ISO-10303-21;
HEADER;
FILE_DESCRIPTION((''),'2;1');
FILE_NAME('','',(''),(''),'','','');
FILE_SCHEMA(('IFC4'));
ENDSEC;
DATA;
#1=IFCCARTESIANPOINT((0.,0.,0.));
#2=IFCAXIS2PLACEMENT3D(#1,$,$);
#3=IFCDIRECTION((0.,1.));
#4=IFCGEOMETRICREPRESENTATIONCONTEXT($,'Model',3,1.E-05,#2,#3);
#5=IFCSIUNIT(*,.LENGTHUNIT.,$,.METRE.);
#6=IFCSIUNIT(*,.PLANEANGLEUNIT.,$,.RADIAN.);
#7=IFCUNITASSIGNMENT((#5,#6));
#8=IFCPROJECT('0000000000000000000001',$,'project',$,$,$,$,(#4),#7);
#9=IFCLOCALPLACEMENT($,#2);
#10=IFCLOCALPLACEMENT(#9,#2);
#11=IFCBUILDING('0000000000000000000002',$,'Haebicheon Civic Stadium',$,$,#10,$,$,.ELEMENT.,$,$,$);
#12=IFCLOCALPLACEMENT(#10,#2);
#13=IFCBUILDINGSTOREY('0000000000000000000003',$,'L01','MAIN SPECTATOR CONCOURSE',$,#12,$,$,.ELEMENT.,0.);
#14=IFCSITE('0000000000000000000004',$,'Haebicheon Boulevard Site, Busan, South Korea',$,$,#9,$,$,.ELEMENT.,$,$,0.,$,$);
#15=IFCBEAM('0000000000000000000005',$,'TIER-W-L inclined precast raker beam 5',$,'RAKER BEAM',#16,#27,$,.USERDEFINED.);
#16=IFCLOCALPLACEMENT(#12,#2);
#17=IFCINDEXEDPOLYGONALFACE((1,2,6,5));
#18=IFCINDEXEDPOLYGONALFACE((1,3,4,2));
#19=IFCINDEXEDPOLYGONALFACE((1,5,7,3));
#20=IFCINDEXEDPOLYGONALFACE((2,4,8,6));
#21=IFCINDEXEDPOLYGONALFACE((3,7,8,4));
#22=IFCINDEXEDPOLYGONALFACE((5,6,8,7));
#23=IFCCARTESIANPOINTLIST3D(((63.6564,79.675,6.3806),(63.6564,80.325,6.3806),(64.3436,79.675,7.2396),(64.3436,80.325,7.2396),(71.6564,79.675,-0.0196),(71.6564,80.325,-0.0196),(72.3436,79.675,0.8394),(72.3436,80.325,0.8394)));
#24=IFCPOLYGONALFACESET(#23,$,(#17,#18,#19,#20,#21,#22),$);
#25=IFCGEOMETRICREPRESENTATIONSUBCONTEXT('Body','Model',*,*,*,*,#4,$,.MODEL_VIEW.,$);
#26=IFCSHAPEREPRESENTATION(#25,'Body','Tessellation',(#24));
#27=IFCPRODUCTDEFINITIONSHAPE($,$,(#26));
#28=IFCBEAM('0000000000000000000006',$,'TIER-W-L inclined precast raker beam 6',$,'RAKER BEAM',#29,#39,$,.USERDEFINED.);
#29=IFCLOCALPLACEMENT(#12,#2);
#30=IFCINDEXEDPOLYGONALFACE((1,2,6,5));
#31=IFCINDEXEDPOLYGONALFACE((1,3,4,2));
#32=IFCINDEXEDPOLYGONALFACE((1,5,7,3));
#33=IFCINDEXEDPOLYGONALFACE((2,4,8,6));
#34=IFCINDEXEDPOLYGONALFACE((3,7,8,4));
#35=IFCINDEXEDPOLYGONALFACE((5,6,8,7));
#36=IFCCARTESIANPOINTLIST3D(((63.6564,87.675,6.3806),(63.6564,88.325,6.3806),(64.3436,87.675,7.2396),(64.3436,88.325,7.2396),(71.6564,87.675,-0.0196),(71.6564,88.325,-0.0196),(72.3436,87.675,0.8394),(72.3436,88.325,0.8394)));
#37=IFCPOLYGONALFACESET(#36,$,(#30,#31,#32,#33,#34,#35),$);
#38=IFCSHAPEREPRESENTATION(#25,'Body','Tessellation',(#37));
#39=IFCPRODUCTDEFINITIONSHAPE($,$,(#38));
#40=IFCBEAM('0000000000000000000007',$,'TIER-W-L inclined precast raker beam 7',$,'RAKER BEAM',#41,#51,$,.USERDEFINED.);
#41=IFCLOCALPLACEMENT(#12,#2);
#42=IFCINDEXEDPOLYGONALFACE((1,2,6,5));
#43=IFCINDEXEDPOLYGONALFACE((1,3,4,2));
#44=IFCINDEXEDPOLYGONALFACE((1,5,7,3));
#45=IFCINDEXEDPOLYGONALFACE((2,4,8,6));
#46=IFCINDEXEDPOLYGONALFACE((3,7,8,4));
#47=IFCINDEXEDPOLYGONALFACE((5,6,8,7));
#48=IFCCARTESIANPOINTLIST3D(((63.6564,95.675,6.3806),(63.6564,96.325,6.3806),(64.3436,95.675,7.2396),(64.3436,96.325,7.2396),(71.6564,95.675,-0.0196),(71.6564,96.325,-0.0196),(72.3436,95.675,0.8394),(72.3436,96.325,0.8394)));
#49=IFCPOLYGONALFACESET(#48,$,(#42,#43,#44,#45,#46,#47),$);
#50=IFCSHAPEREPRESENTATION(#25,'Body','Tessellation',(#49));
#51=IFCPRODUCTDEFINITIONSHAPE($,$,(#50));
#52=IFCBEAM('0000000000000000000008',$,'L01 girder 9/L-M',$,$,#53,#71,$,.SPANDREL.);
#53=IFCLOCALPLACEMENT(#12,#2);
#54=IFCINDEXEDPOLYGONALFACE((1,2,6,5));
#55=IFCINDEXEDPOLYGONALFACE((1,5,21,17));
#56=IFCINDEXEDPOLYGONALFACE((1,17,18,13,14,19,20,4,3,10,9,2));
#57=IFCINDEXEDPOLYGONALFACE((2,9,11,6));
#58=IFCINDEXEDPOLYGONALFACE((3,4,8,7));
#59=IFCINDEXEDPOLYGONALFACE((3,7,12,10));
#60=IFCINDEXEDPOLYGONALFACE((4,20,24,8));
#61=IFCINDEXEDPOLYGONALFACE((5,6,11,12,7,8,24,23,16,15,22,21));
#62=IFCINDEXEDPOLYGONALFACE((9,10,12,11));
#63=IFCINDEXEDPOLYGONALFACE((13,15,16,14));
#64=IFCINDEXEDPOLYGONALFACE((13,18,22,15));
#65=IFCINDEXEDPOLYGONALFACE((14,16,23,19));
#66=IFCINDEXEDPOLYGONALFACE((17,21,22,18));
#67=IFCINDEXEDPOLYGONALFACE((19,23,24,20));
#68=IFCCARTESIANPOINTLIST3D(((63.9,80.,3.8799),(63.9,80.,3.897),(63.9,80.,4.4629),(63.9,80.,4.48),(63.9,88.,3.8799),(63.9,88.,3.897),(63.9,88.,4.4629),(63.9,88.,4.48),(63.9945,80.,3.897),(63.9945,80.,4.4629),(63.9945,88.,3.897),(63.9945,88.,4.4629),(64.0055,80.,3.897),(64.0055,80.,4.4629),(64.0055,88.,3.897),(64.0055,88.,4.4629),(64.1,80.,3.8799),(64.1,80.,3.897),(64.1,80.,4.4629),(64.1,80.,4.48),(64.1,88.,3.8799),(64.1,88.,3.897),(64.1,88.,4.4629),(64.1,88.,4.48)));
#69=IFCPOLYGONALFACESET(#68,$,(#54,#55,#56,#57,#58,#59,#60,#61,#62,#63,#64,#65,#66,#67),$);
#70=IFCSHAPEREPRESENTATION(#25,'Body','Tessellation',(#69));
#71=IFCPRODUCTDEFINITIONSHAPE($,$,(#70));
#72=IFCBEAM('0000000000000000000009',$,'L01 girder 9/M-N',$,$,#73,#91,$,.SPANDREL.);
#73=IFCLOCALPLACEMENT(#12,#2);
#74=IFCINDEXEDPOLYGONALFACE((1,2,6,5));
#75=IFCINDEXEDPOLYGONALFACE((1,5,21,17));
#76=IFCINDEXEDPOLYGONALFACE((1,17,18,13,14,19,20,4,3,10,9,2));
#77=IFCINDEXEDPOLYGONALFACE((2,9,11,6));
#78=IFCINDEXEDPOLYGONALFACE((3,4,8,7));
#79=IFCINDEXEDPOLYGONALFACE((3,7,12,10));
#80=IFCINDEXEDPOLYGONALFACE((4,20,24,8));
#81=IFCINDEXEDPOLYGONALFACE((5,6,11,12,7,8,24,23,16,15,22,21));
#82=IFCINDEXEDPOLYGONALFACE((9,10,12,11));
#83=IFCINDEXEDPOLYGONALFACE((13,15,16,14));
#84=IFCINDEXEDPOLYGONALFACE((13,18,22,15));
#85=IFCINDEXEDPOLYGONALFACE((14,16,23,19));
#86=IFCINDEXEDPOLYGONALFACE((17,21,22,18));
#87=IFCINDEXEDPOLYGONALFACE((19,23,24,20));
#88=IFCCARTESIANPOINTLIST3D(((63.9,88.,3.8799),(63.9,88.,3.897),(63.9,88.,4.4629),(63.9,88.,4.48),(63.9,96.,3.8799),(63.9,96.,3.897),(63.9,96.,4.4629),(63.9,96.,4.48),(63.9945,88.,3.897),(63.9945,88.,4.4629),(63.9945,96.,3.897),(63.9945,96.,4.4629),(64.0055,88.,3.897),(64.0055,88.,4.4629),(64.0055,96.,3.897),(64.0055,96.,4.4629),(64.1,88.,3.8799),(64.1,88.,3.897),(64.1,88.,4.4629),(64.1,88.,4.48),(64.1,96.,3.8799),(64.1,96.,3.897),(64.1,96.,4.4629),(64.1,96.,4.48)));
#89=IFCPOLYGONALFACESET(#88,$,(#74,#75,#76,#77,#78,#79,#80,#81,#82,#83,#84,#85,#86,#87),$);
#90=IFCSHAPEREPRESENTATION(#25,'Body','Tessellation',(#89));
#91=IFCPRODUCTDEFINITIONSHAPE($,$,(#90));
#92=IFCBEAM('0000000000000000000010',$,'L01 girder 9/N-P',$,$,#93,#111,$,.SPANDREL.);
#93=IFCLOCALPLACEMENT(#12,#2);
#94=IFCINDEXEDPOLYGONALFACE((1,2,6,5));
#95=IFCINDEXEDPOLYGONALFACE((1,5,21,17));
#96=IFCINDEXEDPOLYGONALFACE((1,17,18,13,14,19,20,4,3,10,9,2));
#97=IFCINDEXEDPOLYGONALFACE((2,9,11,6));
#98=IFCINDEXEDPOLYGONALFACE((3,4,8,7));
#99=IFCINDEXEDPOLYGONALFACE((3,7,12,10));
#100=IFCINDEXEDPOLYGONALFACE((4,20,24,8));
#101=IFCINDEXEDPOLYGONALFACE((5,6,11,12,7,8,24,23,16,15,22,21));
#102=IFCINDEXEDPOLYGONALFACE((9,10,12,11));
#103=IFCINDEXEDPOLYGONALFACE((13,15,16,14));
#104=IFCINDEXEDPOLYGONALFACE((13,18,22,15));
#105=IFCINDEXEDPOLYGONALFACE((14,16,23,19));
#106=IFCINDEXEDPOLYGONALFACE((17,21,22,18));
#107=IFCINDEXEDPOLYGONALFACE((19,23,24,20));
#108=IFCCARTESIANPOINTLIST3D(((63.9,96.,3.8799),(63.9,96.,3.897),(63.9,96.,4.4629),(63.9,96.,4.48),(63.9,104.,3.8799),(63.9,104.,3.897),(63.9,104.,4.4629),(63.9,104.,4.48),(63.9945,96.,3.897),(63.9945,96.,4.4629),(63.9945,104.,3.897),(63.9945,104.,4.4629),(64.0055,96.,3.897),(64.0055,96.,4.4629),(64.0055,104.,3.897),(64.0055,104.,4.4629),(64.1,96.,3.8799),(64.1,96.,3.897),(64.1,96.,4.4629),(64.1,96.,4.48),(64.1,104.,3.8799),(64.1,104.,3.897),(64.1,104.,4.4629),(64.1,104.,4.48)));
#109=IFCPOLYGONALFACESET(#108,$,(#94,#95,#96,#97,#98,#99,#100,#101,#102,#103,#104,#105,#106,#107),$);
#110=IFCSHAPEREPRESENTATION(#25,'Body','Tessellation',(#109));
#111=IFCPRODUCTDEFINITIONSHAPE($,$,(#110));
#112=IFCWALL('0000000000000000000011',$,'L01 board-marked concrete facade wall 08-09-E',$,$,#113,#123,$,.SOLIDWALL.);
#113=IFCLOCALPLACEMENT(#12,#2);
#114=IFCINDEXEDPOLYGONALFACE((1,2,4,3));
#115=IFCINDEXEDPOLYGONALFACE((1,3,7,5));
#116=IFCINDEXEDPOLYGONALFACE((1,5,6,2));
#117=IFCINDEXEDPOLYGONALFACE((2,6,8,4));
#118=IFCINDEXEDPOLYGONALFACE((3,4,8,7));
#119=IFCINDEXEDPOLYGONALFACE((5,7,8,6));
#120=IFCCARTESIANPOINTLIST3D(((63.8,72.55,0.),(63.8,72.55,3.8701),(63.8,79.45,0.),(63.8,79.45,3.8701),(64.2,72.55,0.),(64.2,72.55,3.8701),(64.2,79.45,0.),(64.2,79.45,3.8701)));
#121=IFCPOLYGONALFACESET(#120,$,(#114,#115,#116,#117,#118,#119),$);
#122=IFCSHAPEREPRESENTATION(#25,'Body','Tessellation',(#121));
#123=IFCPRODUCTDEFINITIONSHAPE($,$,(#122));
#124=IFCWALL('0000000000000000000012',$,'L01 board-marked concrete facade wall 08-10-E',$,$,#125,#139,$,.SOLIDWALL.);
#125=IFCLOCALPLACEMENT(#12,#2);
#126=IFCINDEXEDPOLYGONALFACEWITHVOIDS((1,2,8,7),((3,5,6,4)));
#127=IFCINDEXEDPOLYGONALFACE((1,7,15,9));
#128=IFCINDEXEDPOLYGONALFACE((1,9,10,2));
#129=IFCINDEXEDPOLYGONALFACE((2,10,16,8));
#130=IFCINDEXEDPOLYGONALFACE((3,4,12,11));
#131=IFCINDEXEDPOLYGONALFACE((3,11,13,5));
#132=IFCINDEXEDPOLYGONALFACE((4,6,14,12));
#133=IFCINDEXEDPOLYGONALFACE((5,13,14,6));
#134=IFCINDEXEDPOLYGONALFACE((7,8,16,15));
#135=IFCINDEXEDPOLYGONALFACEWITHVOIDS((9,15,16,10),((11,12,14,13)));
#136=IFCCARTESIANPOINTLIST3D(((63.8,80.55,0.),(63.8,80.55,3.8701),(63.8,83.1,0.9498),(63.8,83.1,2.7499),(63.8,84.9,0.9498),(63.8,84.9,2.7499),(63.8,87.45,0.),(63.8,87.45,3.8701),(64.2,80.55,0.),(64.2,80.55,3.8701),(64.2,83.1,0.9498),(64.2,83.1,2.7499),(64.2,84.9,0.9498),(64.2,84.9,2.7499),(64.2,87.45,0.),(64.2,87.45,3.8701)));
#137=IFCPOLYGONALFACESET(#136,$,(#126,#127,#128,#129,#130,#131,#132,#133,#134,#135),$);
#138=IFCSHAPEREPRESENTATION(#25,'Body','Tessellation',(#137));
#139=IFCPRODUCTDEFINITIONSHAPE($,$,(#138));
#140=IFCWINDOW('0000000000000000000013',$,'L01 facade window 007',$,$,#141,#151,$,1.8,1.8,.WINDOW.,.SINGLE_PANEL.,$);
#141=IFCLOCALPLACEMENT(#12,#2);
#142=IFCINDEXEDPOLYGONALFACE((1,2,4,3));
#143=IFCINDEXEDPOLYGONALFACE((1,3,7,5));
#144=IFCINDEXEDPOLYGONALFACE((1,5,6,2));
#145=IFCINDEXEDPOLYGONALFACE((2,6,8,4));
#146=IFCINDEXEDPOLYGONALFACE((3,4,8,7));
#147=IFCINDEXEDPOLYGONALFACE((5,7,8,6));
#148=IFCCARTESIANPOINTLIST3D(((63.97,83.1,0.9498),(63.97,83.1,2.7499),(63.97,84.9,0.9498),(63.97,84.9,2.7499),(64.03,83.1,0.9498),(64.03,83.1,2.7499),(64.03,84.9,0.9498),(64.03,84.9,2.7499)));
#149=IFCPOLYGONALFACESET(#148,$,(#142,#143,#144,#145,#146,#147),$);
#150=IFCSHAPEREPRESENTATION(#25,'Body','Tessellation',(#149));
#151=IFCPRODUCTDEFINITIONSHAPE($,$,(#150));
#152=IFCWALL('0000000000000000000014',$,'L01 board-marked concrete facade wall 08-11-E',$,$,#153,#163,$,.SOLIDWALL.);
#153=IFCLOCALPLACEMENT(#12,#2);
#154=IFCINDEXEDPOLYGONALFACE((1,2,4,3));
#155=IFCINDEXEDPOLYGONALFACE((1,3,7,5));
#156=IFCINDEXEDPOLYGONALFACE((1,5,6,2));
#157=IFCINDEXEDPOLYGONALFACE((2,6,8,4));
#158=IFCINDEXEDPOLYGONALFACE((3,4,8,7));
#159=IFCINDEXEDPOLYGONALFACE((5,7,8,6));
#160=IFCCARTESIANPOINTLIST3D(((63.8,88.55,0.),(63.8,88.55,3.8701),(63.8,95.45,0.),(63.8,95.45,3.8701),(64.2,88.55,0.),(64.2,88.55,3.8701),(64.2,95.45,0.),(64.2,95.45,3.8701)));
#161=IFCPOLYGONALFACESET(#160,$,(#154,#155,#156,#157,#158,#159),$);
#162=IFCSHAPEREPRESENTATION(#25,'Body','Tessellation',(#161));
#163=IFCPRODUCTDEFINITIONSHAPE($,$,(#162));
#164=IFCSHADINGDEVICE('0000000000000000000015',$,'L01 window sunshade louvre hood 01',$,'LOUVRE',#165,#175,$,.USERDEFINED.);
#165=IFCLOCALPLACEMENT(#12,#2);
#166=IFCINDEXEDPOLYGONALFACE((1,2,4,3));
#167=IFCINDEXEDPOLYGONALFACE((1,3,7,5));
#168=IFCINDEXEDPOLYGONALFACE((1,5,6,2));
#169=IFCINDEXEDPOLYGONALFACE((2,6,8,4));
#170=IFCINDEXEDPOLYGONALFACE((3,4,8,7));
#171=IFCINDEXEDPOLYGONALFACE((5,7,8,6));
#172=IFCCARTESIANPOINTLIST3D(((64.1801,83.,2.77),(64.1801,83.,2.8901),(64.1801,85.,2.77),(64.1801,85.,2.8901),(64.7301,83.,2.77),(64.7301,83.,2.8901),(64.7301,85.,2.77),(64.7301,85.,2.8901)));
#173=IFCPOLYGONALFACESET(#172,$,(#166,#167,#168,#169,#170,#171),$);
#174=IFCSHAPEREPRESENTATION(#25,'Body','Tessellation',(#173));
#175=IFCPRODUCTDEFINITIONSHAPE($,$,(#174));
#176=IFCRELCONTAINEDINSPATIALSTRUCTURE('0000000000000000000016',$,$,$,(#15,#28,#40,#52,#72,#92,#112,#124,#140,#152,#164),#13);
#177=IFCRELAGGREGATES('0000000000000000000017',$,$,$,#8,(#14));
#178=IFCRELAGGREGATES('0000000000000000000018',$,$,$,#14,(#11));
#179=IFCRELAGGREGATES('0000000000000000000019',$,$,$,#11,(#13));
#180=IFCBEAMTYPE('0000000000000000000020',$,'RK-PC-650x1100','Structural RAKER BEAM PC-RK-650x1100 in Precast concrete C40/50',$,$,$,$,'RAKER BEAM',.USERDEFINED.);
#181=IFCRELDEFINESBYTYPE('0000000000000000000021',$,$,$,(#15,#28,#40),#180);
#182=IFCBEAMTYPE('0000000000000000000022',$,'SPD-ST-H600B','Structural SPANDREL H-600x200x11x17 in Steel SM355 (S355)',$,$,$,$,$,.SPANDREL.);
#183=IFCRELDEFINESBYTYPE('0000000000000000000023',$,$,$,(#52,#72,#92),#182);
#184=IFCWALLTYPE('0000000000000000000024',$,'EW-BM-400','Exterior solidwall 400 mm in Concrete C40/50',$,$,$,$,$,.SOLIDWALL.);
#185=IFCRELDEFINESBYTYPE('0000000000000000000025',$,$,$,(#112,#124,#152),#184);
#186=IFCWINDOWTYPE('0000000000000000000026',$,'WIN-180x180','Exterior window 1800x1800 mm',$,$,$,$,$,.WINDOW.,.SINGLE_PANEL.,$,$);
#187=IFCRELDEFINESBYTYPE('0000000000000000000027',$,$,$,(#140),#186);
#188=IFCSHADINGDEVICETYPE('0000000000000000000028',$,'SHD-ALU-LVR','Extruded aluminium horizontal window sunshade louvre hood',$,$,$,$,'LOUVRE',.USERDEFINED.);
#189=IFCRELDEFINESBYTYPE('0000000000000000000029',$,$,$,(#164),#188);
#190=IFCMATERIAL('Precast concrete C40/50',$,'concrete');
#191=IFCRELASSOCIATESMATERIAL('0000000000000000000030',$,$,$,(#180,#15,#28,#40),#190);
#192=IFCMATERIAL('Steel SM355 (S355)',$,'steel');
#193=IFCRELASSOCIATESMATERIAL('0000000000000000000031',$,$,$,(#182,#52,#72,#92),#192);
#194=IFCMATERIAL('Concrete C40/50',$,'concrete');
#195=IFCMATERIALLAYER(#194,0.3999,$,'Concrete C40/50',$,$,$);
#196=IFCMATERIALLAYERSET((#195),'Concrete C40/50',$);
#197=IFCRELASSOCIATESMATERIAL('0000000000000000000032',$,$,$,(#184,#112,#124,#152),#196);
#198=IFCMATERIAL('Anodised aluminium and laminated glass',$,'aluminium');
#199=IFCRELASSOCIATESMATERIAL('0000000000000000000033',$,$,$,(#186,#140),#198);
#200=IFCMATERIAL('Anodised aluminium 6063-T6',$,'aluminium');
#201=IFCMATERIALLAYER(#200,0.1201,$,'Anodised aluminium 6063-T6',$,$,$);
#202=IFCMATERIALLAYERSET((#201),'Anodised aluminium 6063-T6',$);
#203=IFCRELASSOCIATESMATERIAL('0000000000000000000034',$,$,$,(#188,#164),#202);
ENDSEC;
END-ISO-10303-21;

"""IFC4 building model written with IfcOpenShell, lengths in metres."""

from ifc_helpers import new_model, si_unit, direction, frame, frame_2d, origin, origin_2d, place, context, subcontext, project, spatial, rectangle, i_section, extrude, material, layer, layer_set, material_profile, profile_set, type_object, element, fill, save


model = new_model("IFC4")

# Units and contexts
model_context = context("Model", 3, precision=1e-05, world=origin(), true_north=direction((0.0, 1.0)))
body_context = subcontext(model_context, "Body", "Model", "MODEL_VIEW")
ifc_project = project(units=[si_unit("LENGTHUNIT", "METRE"), si_unit("PLANEANGLEUNIT", "RADIAN")], contexts=[model_context])

# Site, building, storey
site_placement = place(None, origin())
site = spatial("IfcSite", under=ifc_project, at=site_placement, Name="Haebicheon Boulevard Site, Busan, South Korea", CompositionType="ELEMENT", RefElevation=0.0)
building_placement = place(site_placement, origin())
building = spatial("IfcBuilding", under=site, at=building_placement, Name="Haebicheon Civic Stadium", CompositionType="ELEMENT")
storey_placement = place(building_placement, origin())
storey = spatial("IfcBuildingStorey", under=building, at=storey_placement, Name="L01", Description="MAIN SPECTATOR CONCOURSE", CompositionType="ELEMENT", Elevation=0.0)

# Beams
ifc_material_1 = material(Name="Precast concrete C40/50", Category="concrete")
ifc_material_profile_1 = material_profile(ifc_material_1, rectangle(XDim=0.6499, YDim=1.1001, at=origin_2d()), Name="PC-RK-650x1100")
ifc_profile_set_1 = profile_set([ifc_material_profile_1], Name="Precast concrete C40/50")
beam_type_1 = type_object("IfcBeamType", Name="RK-PC-650x1100", Description="Structural RAKER BEAM PC-RK-650x1100 in Precast concrete C40/50", ElementType="RAKER BEAM", PredefinedType="USERDEFINED", material=ifc_profile_set_1)
for number, where, z_axis, x_axis, name in (
    (1, (72.0, 80.0, 0.4099), (-0.780862, 0.0, 0.624704), (0.0, -1.0, 0.0), "TIER-W-L inclined precast raker beam 5"),
    (2, (72.0, 88.0, 0.4099), (-0.780862, 0.0, 0.624704), (0.0, -1.0, 0.0), "TIER-W-L inclined precast raker beam 6"),
    (3, (72.0, 96.0, 0.4099), (-0.780862, 0.0, 0.624704), (0.0, -1.0, 0.0), "TIER-W-L inclined precast raker beam 7"),
):
    element("IfcBeam", number, at=place(storey_placement, frame(where, z_axis=z_axis, x_axis=x_axis)), inside=storey, type_object=beam_type_1, material=ifc_profile_set_1, Name=name, ObjectType="RAKER BEAM", PredefinedType="USERDEFINED", context=body_context, shape_type="SweptSolid", body=[
        extrude(rectangle(XDim=0.6499, YDim=1.1001, at=origin_2d()), origin(), (0.0, 0.0, 1.0), 10.2451),
    ])
ifc_material_2 = material(Name="Steel SM355 (S355)", Category="steel")
ifc_material_profile_2 = material_profile(ifc_material_2, i_section(OverallWidth=0.2, OverallDepth=0.6001, WebThickness=0.011, FlangeThickness=0.0171, at=origin_2d()), Name="H-600x200x11x17")
ifc_profile_set_2 = profile_set([ifc_material_profile_2], Name="Steel SM355 (S355)")
beam_type_2 = type_object("IfcBeamType", Name="SPD-ST-H600B", Description="Structural SPANDREL H-600x200x11x17 in Steel SM355 (S355)", PredefinedType="SPANDREL", material=ifc_profile_set_2)
for number, where, z_axis, x_axis, name in (
    (4, (64.0, 80.0, 4.1799), (0.0, 1.0, 0.0), (-1.0, 0.0, 0.0), "L01 girder 9/L-M"),
    (5, (64.0, 88.0, 4.1799), (0.0, 1.0, 0.0), (-1.0, 0.0, 0.0), "L01 girder 9/M-N"),
    (6, (64.0, 96.0, 4.1799), (0.0, 1.0, 0.0), (-1.0, 0.0, 0.0), "L01 girder 9/N-P"),
):
    element("IfcBeam", number, at=place(storey_placement, frame(where, z_axis=z_axis, x_axis=x_axis)), inside=storey, type_object=beam_type_2, material=ifc_profile_set_2, Name=name, PredefinedType="SPANDREL", context=body_context, shape_type="SweptSolid", body=[
        extrude(i_section(OverallWidth=0.2, OverallDepth=0.6001, WebThickness=0.011, FlangeThickness=0.0171, at=origin_2d()), origin(), (0.0, 0.0, 1.0), 8.0),
    ])

# Wall
ifc_material_3 = material(Name="Concrete C40/50", Category="concrete")
ifc_layer_1 = layer(ifc_material_3, 0.3999, Name="Concrete C40/50")
ifc_layer_set_1 = layer_set([ifc_layer_1], Name="Concrete C40/50")
wall_type = type_object("IfcWallType", Name="EW-BM-400", Description="Exterior solidwall 400 mm in Concrete C40/50", PredefinedType="SOLIDWALL", material=ifc_layer_set_1)
wall_1_placement = place(storey_placement, frame((64.0, 72.55, 0.0), z_axis=(0.0, 0.0, 1.0), x_axis=(0.0, 1.0, 0.0)))
element("IfcWall", 7, at=wall_1_placement, inside=storey, type_object=wall_type, material=ifc_layer_set_1, Name="L01 board-marked concrete facade wall 08-09-E", PredefinedType="SOLIDWALL", context=body_context, shape_type="SweptSolid", body=[
    extrude(rectangle(XDim=6.8999, YDim=0.3999, at=frame_2d((3.45, 0.0))), origin(), (0.0, 0.0, 1.0), 3.8701),
])

# Wall, opening, window
wall_2_placement = place(storey_placement, frame((64.0, 80.55, 0.0), z_axis=(0.0, 0.0, 1.0), x_axis=(0.0, 1.0, 0.0)))
wall_2 = element("IfcWall", 8, at=wall_2_placement, inside=storey, type_object=wall_type, material=ifc_layer_set_1, Name="L01 board-marked concrete facade wall 08-10-E", PredefinedType="SOLIDWALL", context=body_context, shape_type="SweptSolid", body=[
    extrude(rectangle(XDim=6.8999, YDim=0.3999, at=frame_2d((3.45, 0.0))), origin(), (0.0, 0.0, 1.0), 3.8701),
])
opening_placement = place(wall_2_placement, frame((2.55, 0.0, 0.95)))
opening = element("IfcOpeningElement", 9, at=opening_placement, cuts=wall_2, PredefinedType="OPENING", context=body_context, shape_type="SweptSolid", body=[
    extrude(rectangle(XDim=1.8, YDim=1.8, at=frame_2d((0.8999, 0.8999))), frame((0.0, 0.21, 0.0), z_axis=(0.0, -1.0, 0.0), x_axis=(1.0, 0.0, 0.0)), (0.0, 0.0, 1.0), 0.4199),
])
ifc_material_4 = material(Name="Anodised aluminium and laminated glass", Category="aluminium")
window_type = type_object("IfcWindowType", Name="WIN-180x180", Description="Exterior window 1800x1800 mm", PartitioningType="SINGLE_PANEL", PredefinedType="WINDOW", material=ifc_material_4)
window_placement = place(opening_placement, origin())
window = element("IfcWindow", 10, at=window_placement, inside=storey, type_object=window_type, material=ifc_material_4, Name="L01 facade window 007", OverallHeight=1.8, OverallWidth=1.8, PartitioningType="SINGLE_PANEL", PredefinedType="WINDOW", context=body_context, shape_type="SweptSolid", body=[
    extrude(rectangle(XDim=1.8, YDim=1.8, at=frame_2d((0.8999, 0.8999))), frame((0.0, 0.03, 0.0), z_axis=(0.0, -1.0, 0.0), x_axis=(1.0, 0.0, 0.0)), (0.0, 0.0, 1.0), 0.0601),
])
fill(opening, window)

# Wall
wall_3_placement = place(storey_placement, frame((64.0, 88.55, 0.0), z_axis=(0.0, 0.0, 1.0), x_axis=(0.0, 1.0, 0.0)))
element("IfcWall", 11, at=wall_3_placement, inside=storey, type_object=wall_type, material=ifc_layer_set_1, Name="L01 board-marked concrete facade wall 08-11-E", PredefinedType="SOLIDWALL", context=body_context, shape_type="SweptSolid", body=[
    extrude(rectangle(XDim=6.8999, YDim=0.3999, at=frame_2d((3.45, 0.0))), origin(), (0.0, 0.0, 1.0), 3.8701),
])

# Shading device
ifc_material_5 = material(Name="Anodised aluminium 6063-T6", Category="aluminium")
ifc_layer_2 = layer(ifc_material_5, 0.1201, Name="Anodised aluminium 6063-T6")
ifc_layer_set_2 = layer_set([ifc_layer_2], Name="Anodised aluminium 6063-T6")
shading_device_type = type_object("IfcShadingDeviceType", Name="SHD-ALU-LVR", Description="Extruded aluminium horizontal window sunshade louvre hood", ElementType="LOUVRE", PredefinedType="USERDEFINED", material=ifc_layer_set_2)
shading_device_placement = place(storey_placement, frame((64.4551, 84.0, 2.77), z_axis=(0.0, 0.0, 1.0), x_axis=(1.0, 0.0, 0.0)))
element("IfcShadingDevice", 12, at=shading_device_placement, inside=storey, type_object=shading_device_type, material=ifc_layer_set_2, Name="L01 window sunshade louvre hood 01", ObjectType="LOUVRE", PredefinedType="USERDEFINED", context=body_context, shape_type="SweptSolid", body=[
    extrude(rectangle(XDim=0.55, YDim=2.0, at=origin_2d()), origin(), (0.0, 0.0, 1.0), 0.1201),
])

save(model, "model.ifc")
